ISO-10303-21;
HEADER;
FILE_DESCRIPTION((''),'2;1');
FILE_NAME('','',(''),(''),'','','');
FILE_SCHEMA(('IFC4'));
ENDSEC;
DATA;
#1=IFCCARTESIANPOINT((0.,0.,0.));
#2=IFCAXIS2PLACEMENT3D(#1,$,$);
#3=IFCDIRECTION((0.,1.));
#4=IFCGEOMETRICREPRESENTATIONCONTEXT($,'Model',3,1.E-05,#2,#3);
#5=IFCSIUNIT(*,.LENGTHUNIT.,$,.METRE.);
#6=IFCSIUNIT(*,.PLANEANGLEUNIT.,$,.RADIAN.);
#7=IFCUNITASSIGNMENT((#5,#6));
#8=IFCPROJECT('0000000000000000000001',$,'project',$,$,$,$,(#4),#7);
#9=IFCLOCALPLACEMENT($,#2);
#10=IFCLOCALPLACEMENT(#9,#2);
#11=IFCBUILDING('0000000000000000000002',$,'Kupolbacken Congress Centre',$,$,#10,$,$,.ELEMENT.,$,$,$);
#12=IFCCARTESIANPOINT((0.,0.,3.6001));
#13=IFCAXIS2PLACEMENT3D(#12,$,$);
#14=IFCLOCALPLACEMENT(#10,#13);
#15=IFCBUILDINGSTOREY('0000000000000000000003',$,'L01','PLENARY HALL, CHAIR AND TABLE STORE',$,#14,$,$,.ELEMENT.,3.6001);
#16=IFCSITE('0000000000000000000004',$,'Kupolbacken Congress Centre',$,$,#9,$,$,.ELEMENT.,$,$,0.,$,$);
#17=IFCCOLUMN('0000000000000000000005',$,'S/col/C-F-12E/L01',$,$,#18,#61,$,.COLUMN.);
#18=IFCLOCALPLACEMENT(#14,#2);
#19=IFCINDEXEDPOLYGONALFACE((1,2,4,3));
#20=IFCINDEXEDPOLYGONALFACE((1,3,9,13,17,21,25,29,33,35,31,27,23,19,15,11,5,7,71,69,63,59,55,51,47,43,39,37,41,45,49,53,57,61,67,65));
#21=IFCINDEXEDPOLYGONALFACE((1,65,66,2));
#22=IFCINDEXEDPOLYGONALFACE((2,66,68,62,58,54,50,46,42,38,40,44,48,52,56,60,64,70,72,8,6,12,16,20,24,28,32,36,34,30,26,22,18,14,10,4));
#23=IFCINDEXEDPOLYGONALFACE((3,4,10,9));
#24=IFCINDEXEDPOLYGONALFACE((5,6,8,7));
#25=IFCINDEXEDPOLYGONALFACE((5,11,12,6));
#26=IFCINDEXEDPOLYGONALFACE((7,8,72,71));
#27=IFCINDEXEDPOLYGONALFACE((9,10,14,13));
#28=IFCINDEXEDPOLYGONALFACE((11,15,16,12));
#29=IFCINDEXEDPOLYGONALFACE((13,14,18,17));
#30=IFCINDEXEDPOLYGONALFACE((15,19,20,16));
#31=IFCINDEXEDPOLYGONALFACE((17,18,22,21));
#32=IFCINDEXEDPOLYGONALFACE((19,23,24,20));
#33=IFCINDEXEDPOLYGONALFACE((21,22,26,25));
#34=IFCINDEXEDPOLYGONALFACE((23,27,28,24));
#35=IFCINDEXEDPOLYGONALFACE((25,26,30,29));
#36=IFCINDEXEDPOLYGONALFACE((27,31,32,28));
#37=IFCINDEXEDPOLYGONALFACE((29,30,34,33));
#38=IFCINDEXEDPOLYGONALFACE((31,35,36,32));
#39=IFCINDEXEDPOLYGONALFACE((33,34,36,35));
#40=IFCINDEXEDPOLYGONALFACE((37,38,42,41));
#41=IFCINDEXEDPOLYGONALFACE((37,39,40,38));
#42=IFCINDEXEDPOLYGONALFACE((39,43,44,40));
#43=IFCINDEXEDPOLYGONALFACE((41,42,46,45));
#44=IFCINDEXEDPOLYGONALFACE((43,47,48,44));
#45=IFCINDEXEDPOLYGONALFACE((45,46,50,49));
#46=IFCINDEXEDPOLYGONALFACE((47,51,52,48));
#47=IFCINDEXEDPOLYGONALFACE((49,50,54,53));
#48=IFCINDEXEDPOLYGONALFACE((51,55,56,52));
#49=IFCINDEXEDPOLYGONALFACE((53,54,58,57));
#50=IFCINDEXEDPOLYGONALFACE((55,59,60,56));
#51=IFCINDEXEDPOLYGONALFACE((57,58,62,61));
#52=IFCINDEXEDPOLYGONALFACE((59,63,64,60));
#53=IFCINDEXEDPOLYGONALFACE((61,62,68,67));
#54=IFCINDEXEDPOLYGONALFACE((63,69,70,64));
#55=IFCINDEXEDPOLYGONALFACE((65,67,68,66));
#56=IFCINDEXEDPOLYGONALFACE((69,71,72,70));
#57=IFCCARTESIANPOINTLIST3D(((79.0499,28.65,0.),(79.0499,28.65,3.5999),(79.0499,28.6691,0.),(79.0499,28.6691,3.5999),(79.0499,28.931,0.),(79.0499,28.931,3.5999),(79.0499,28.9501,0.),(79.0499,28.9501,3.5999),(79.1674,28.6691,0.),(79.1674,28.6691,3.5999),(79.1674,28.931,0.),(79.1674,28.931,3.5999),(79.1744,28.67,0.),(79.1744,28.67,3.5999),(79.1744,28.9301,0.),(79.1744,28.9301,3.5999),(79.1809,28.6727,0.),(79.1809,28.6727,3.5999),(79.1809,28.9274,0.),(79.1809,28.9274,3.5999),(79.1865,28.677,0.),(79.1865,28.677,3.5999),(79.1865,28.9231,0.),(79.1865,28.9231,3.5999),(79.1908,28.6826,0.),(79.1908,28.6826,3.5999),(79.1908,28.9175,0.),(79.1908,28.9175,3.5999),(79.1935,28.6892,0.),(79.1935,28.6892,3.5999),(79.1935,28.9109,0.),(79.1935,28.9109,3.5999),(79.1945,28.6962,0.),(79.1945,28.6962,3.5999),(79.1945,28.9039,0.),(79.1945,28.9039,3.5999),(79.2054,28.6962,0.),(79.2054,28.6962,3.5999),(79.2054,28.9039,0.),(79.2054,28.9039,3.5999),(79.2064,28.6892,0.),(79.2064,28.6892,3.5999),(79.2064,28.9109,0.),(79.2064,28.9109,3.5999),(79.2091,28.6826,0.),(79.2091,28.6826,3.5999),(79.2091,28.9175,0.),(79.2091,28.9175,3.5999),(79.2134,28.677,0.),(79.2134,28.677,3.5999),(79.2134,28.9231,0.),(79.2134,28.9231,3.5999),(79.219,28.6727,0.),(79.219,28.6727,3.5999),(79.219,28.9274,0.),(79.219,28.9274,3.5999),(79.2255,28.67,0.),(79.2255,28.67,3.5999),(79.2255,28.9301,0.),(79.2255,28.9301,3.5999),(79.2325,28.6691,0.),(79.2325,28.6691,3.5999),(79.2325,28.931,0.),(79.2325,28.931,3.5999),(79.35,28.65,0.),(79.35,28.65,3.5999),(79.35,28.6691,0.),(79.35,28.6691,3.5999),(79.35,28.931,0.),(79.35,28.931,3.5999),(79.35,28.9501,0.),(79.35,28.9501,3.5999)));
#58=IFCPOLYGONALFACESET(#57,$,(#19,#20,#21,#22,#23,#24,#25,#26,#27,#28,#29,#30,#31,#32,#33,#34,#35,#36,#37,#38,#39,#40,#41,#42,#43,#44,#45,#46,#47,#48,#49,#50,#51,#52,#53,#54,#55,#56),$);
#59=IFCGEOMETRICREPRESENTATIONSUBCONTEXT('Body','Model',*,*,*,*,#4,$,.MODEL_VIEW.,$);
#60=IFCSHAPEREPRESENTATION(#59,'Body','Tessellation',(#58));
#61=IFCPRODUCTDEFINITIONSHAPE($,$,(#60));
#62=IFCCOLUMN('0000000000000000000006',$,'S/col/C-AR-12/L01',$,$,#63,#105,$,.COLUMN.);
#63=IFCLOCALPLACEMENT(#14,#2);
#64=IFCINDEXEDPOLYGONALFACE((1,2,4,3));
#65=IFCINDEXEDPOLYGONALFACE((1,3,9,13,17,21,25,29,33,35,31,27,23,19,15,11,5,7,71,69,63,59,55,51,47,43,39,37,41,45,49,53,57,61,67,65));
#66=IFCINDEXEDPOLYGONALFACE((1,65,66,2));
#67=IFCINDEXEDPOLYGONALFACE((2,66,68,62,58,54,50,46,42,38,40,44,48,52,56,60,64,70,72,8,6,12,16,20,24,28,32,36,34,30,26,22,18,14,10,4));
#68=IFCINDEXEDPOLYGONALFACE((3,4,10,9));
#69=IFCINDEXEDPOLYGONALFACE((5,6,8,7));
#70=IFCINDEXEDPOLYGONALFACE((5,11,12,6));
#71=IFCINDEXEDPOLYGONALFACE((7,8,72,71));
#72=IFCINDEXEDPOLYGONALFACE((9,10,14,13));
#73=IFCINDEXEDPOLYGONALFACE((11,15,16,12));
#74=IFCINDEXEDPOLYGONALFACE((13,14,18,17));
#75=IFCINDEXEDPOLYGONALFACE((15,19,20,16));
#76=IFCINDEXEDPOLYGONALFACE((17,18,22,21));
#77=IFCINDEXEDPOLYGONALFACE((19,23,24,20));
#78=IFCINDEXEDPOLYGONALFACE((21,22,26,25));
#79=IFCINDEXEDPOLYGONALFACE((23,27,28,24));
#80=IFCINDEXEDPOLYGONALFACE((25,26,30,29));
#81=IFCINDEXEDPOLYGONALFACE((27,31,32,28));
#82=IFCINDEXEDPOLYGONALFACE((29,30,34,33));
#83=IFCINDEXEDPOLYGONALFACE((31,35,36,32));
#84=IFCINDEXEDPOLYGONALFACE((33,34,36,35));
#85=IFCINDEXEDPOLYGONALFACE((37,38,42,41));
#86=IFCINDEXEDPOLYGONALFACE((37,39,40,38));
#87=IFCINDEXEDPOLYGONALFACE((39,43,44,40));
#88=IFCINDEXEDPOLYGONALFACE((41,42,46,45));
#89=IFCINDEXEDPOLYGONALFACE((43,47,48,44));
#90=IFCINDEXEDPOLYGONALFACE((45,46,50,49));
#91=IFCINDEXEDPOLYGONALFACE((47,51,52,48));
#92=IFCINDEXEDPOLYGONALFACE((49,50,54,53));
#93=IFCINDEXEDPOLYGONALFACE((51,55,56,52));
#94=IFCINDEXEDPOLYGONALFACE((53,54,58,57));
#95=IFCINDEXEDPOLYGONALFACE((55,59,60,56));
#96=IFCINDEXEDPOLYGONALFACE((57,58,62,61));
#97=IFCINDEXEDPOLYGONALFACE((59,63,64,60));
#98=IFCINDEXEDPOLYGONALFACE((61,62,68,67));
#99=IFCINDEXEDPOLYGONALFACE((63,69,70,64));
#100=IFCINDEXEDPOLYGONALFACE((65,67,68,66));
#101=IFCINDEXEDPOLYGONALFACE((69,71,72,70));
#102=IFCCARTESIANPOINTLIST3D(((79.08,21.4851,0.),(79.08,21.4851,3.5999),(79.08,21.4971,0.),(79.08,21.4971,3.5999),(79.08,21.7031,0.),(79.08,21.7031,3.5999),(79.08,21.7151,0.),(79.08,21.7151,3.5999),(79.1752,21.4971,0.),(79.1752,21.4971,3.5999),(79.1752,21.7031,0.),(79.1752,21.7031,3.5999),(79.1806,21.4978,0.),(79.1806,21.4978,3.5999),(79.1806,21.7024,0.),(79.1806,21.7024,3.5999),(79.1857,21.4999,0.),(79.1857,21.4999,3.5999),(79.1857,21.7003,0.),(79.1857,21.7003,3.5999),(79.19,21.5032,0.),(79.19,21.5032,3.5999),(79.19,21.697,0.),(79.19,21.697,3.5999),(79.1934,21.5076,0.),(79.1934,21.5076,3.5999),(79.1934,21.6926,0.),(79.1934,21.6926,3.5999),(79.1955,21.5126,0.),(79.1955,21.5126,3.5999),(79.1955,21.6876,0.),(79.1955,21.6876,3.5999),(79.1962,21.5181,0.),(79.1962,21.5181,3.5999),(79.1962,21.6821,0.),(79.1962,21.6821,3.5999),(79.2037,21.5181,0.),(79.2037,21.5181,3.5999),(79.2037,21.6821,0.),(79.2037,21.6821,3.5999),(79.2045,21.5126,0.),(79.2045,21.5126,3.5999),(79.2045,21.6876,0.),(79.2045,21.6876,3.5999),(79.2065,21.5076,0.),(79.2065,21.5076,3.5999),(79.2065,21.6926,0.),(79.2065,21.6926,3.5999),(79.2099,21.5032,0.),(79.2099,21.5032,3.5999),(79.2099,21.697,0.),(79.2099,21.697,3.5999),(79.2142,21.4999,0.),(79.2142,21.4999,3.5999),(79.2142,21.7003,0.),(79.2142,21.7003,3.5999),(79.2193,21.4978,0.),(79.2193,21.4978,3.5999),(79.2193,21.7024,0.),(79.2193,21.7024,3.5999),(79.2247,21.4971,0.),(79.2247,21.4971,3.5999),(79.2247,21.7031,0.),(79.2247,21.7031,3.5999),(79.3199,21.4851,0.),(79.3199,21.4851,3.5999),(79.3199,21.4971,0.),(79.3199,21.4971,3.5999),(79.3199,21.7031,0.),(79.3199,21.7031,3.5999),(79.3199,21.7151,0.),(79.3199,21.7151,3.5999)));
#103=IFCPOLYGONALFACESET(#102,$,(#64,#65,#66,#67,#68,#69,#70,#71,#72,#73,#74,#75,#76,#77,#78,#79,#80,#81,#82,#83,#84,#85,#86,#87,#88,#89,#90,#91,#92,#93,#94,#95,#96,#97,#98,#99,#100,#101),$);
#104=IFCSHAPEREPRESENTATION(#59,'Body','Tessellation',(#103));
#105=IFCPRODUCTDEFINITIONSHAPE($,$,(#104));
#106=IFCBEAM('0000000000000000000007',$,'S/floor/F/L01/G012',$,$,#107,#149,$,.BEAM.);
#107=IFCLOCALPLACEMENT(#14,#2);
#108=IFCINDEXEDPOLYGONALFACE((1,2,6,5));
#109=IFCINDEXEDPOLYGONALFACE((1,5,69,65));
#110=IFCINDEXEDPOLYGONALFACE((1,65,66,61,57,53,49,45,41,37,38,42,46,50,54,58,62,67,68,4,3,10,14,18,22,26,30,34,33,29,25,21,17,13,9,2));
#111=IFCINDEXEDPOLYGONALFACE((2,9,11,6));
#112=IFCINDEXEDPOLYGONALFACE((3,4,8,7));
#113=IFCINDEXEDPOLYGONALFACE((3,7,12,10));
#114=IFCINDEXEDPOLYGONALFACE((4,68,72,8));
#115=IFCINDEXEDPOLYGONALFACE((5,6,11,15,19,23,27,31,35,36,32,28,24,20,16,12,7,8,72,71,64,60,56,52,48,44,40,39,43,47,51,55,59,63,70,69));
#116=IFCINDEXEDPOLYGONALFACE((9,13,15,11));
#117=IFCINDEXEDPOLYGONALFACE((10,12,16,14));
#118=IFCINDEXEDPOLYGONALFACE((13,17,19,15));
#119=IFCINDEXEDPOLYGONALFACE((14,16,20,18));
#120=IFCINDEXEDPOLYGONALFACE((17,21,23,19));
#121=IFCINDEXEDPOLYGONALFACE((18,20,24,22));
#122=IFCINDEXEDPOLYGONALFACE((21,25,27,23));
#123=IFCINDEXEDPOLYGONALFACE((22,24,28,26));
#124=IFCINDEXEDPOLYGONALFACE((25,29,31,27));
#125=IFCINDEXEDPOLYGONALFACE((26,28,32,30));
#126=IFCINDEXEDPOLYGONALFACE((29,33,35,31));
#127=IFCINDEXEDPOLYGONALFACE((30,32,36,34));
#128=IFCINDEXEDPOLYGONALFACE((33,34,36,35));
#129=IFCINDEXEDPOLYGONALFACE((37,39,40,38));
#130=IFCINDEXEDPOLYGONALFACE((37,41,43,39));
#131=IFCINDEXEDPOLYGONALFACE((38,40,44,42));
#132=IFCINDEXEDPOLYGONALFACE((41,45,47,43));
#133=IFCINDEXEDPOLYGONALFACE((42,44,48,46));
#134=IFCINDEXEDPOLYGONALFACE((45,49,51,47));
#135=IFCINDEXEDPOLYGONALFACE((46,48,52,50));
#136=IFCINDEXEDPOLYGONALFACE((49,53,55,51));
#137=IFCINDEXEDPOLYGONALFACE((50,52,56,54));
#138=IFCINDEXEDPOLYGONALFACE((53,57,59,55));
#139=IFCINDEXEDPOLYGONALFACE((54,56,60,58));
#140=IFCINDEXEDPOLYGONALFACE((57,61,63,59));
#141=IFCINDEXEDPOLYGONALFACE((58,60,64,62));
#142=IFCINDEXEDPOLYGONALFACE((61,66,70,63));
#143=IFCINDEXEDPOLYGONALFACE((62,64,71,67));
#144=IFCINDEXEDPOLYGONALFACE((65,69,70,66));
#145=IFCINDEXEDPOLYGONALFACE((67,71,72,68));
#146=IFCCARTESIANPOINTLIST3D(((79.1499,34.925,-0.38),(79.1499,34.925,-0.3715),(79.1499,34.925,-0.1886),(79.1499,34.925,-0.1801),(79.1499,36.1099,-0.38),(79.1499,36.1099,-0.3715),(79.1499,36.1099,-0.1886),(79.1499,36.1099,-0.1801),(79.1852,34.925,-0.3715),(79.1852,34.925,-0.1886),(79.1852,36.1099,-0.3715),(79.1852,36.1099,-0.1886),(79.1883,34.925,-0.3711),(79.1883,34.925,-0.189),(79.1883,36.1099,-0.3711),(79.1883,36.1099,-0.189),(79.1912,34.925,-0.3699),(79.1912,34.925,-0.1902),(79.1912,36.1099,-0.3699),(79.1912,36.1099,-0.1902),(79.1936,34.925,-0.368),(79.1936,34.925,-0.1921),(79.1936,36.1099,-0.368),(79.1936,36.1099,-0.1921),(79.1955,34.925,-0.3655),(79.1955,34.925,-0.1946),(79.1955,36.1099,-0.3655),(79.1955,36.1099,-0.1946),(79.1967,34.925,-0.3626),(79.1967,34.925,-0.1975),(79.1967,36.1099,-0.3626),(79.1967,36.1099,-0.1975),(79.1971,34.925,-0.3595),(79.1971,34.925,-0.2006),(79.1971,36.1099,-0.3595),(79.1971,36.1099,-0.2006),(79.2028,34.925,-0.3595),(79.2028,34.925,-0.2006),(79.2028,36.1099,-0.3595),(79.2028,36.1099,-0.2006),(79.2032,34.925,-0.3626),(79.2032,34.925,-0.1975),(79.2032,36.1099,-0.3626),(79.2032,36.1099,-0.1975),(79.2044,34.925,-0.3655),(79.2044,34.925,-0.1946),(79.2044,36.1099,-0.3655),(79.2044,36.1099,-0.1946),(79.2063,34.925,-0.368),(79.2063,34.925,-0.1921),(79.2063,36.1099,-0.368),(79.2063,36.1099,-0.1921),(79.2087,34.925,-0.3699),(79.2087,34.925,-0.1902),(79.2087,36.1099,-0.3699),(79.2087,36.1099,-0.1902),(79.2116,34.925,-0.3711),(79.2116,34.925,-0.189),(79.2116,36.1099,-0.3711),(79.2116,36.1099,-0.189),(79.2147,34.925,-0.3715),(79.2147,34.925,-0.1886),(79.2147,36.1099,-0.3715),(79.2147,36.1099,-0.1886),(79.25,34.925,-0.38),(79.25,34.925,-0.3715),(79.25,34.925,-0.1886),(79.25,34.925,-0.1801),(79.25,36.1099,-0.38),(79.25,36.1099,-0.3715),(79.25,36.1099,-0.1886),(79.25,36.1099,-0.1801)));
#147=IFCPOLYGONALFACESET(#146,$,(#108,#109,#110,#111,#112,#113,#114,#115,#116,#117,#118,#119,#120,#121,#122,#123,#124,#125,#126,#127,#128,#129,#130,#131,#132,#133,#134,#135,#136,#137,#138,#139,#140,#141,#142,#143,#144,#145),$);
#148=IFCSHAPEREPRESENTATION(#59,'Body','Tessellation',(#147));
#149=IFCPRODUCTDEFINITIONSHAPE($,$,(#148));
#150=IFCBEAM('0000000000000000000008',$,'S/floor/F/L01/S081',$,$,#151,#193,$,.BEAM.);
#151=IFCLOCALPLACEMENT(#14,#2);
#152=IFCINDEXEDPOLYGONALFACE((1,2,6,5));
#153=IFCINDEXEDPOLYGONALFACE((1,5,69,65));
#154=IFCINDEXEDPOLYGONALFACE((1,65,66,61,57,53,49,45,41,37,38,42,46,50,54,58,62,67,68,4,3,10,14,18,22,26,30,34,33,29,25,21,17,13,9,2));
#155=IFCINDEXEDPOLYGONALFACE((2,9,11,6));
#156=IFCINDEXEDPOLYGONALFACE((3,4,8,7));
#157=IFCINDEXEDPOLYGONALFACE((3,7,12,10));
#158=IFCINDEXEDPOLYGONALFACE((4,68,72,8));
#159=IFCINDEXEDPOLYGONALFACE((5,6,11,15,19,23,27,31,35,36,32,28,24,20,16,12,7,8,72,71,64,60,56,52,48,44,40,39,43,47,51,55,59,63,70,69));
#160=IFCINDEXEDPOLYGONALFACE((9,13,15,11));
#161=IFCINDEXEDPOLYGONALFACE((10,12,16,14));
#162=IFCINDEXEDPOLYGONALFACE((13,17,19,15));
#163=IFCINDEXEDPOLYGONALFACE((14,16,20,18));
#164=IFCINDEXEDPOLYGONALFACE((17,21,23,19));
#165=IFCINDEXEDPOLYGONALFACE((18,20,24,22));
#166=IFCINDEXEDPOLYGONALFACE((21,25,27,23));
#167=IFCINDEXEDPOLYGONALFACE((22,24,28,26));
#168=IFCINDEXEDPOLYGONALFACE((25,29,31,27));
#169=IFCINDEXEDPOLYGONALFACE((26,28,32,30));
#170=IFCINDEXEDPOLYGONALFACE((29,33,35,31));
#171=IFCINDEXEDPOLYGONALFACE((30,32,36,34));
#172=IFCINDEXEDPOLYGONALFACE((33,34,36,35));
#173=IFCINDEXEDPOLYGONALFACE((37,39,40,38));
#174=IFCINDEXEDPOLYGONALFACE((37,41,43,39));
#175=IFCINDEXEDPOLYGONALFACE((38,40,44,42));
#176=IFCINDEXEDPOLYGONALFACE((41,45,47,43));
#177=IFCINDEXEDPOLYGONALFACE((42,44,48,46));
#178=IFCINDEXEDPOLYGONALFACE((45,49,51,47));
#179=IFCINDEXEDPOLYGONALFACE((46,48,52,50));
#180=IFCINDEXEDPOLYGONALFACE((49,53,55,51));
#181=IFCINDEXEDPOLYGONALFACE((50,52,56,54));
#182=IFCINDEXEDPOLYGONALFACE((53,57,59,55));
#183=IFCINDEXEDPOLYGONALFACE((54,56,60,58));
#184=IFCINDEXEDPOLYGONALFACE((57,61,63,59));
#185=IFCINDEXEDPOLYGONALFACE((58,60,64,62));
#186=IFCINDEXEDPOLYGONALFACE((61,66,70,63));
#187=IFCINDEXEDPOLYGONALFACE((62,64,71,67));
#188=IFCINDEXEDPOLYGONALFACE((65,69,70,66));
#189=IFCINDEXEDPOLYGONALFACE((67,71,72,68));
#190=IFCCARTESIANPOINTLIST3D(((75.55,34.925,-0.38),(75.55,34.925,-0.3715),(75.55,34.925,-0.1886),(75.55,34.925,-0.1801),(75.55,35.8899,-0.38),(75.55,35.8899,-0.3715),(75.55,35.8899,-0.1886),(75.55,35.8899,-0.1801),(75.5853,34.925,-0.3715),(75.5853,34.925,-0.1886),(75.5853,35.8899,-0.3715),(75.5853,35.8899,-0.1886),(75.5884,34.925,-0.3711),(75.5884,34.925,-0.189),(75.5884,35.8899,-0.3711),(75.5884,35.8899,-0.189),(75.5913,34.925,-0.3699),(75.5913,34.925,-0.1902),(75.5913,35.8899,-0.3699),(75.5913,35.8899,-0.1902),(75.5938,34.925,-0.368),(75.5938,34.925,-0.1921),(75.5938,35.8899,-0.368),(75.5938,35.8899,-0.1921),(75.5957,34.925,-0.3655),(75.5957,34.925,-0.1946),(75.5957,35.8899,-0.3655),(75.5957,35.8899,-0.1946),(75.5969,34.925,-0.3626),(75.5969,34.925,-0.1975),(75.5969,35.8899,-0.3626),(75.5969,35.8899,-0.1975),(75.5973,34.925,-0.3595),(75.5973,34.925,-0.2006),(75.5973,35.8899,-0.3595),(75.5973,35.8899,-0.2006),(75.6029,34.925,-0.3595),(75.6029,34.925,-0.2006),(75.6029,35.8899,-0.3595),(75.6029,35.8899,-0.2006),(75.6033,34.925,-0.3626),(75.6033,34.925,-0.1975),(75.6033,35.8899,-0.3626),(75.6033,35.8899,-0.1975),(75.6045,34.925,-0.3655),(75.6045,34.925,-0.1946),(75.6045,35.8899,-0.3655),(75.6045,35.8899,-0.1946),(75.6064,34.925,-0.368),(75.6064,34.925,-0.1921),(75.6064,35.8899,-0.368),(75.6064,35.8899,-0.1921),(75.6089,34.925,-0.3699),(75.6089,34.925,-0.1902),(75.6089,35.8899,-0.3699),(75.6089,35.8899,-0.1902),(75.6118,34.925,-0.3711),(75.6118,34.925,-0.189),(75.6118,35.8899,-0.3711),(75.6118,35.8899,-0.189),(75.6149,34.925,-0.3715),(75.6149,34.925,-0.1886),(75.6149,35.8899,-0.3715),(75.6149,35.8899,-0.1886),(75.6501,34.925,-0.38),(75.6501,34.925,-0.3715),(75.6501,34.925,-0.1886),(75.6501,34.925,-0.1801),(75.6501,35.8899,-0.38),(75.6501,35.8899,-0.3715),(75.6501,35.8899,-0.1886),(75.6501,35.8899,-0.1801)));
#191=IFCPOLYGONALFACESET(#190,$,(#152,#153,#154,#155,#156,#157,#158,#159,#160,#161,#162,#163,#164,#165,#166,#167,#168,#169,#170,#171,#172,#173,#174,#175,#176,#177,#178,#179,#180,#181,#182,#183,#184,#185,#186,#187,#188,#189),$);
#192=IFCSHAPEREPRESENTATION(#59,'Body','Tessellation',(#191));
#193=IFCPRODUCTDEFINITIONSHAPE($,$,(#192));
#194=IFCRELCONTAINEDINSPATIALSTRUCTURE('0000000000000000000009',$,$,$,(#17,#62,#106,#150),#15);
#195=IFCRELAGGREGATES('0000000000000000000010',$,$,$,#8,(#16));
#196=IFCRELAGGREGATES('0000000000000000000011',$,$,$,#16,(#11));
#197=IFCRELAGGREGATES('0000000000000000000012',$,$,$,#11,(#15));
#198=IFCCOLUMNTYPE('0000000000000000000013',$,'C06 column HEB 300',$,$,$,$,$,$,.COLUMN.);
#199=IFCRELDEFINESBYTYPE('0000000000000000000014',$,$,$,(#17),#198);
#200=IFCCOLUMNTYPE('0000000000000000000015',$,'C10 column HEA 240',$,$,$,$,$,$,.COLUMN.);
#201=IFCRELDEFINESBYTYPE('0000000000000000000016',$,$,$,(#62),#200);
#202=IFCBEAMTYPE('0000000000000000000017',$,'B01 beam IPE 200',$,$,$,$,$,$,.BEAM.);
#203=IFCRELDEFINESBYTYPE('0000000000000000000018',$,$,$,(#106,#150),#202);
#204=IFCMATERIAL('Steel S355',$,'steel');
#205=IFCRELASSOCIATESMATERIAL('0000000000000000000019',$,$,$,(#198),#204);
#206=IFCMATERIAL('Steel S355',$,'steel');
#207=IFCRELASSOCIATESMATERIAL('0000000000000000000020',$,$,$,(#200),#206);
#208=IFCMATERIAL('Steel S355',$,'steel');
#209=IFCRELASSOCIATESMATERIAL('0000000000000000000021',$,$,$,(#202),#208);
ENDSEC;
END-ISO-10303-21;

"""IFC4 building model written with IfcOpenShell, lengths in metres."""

from ifc_helpers import new_model, si_unit, direction, frame, origin, origin_2d, place, context, subcontext, project, spatial, i_section, extrude, material, material_profile, profile_set, type_object, element, save


model = new_model("IFC4")

# Units and contexts
model_context = context("Model", 3, precision=1e-05, world=origin(), true_north=direction((0.0, 1.0)))
body_context = subcontext(model_context, "Body", "Model", "MODEL_VIEW")
ifc_project = project(units=[si_unit("LENGTHUNIT", "METRE"), si_unit("PLANEANGLEUNIT", "RADIAN")], contexts=[model_context])

# Site, building, storey
site_placement = place(None, origin())
site = spatial("IfcSite", under=ifc_project, at=site_placement, Name="Kupolbacken Congress Centre", CompositionType="ELEMENT", RefElevation=0.0)
building_placement = place(site_placement, origin())
building = spatial("IfcBuilding", under=site, at=building_placement, Name="Kupolbacken Congress Centre", CompositionType="ELEMENT")
storey_placement = place(building_placement, frame((0.0, 0.0, 3.6001)))
storey = spatial("IfcBuildingStorey", under=building, at=storey_placement, Name="L01", Description="PLENARY HALL, CHAIR AND TABLE STORE", CompositionType="ELEMENT", Elevation=3.6001)

# Columns
ifc_material_1 = material(Name="Steel S355", Category="steel")
ifc_material_profile_1 = material_profile(ifc_material_1, i_section(OverallWidth=0.3, OverallDepth=0.3, WebThickness=0.011, FlangeThickness=0.019, FilletRadius=0.0271, at=origin_2d()), Name="HEB 300")
ifc_profile_set_1 = profile_set([ifc_material_profile_1], Name="Steel S355")
column_type_1 = type_object("IfcColumnType", Name="C06 column HEB 300", PredefinedType="COLUMN", material=ifc_profile_set_1)
column_1_placement = place(storey_placement, frame((79.2, 28.8, 0.0), z_axis=(0.0, 0.0, 1.0), x_axis=(1.0, 0.0, 0.0)))
element("IfcColumn", 1, at=column_1_placement, inside=storey, type_object=column_type_1, Name="S/col/C-F-12E/L01", PredefinedType="COLUMN", context=body_context, shape_type="SweptSolid", body=[
    extrude(i_section(OverallWidth=0.3, OverallDepth=0.3, WebThickness=0.011, FlangeThickness=0.019, FilletRadius=0.0271, at=origin_2d()), origin(), (0.0, 0.0, 1.0), 3.5999),
])
ifc_material_2 = material(Name="Steel S355", Category="steel")
ifc_material_profile_2 = material_profile(ifc_material_2, i_section(OverallWidth=0.24, OverallDepth=0.23, WebThickness=0.0076, FlangeThickness=0.012, FilletRadius=0.021, at=origin_2d()), Name="HEA 240")
ifc_profile_set_2 = profile_set([ifc_material_profile_2], Name="Steel S355")
column_type_2 = type_object("IfcColumnType", Name="C10 column HEA 240", PredefinedType="COLUMN", material=ifc_profile_set_2)
column_2_placement = place(storey_placement, frame((79.2, 21.6001, 0.0), z_axis=(0.0, 0.0, 1.0), x_axis=(1.0, 0.0, 0.0)))
element("IfcColumn", 2, at=column_2_placement, inside=storey, type_object=column_type_2, Name="S/col/C-AR-12/L01", PredefinedType="COLUMN", context=body_context, shape_type="SweptSolid", body=[
    extrude(i_section(OverallWidth=0.24, OverallDepth=0.23, WebThickness=0.0076, FlangeThickness=0.012, FilletRadius=0.021, at=origin_2d()), origin(), (0.0, 0.0, 1.0), 3.5999),
])

# Beams
ifc_material_3 = material(Name="Steel S355", Category="steel")
ifc_material_profile_3 = material_profile(ifc_material_3, i_section(OverallWidth=0.1001, OverallDepth=0.2, WebThickness=0.0056, FlangeThickness=0.0085, FilletRadius=0.012, at=origin_2d()), Name="IPE 200")
ifc_profile_set_3 = profile_set([ifc_material_profile_3], Name="Steel S355")
beam_type_1 = type_object("IfcBeamType", Name="B01 beam IPE 200", PredefinedType="BEAM", material=ifc_profile_set_3)
beam_1_placement = place(storey_placement, frame((79.2, 34.925, -0.28), z_axis=(0.0, 1.0, 0.0), x_axis=(-1.0, 0.0, 0.0)))
element("IfcBeam", 3, at=beam_1_placement, inside=storey, type_object=beam_type_1, Name="S/floor/F/L01/G012", PredefinedType="BEAM", context=body_context, shape_type="SweptSolid", body=[
    extrude(i_section(OverallWidth=0.1001, OverallDepth=0.2, WebThickness=0.0056, FlangeThickness=0.0085, FilletRadius=0.012, at=origin_2d()), origin(), (0.0, 0.0, 1.0), 1.1848),
])
beam_2_placement = place(storey_placement, frame((75.6001, 34.925, -0.28), z_axis=(0.0, 1.0, 0.0), x_axis=(-1.0, 0.0, 0.0)))
element("IfcBeam", 4, at=beam_2_placement, inside=storey, type_object=beam_type_1, Name="S/floor/F/L01/S081", PredefinedType="BEAM", context=body_context, shape_type="SweptSolid", body=[
    extrude(i_section(OverallWidth=0.1001, OverallDepth=0.2, WebThickness=0.0056, FlangeThickness=0.0085, FilletRadius=0.012, at=origin_2d()), origin(), (0.0, 0.0, 1.0), 0.9648),
])

save(model, "model.ifc")
